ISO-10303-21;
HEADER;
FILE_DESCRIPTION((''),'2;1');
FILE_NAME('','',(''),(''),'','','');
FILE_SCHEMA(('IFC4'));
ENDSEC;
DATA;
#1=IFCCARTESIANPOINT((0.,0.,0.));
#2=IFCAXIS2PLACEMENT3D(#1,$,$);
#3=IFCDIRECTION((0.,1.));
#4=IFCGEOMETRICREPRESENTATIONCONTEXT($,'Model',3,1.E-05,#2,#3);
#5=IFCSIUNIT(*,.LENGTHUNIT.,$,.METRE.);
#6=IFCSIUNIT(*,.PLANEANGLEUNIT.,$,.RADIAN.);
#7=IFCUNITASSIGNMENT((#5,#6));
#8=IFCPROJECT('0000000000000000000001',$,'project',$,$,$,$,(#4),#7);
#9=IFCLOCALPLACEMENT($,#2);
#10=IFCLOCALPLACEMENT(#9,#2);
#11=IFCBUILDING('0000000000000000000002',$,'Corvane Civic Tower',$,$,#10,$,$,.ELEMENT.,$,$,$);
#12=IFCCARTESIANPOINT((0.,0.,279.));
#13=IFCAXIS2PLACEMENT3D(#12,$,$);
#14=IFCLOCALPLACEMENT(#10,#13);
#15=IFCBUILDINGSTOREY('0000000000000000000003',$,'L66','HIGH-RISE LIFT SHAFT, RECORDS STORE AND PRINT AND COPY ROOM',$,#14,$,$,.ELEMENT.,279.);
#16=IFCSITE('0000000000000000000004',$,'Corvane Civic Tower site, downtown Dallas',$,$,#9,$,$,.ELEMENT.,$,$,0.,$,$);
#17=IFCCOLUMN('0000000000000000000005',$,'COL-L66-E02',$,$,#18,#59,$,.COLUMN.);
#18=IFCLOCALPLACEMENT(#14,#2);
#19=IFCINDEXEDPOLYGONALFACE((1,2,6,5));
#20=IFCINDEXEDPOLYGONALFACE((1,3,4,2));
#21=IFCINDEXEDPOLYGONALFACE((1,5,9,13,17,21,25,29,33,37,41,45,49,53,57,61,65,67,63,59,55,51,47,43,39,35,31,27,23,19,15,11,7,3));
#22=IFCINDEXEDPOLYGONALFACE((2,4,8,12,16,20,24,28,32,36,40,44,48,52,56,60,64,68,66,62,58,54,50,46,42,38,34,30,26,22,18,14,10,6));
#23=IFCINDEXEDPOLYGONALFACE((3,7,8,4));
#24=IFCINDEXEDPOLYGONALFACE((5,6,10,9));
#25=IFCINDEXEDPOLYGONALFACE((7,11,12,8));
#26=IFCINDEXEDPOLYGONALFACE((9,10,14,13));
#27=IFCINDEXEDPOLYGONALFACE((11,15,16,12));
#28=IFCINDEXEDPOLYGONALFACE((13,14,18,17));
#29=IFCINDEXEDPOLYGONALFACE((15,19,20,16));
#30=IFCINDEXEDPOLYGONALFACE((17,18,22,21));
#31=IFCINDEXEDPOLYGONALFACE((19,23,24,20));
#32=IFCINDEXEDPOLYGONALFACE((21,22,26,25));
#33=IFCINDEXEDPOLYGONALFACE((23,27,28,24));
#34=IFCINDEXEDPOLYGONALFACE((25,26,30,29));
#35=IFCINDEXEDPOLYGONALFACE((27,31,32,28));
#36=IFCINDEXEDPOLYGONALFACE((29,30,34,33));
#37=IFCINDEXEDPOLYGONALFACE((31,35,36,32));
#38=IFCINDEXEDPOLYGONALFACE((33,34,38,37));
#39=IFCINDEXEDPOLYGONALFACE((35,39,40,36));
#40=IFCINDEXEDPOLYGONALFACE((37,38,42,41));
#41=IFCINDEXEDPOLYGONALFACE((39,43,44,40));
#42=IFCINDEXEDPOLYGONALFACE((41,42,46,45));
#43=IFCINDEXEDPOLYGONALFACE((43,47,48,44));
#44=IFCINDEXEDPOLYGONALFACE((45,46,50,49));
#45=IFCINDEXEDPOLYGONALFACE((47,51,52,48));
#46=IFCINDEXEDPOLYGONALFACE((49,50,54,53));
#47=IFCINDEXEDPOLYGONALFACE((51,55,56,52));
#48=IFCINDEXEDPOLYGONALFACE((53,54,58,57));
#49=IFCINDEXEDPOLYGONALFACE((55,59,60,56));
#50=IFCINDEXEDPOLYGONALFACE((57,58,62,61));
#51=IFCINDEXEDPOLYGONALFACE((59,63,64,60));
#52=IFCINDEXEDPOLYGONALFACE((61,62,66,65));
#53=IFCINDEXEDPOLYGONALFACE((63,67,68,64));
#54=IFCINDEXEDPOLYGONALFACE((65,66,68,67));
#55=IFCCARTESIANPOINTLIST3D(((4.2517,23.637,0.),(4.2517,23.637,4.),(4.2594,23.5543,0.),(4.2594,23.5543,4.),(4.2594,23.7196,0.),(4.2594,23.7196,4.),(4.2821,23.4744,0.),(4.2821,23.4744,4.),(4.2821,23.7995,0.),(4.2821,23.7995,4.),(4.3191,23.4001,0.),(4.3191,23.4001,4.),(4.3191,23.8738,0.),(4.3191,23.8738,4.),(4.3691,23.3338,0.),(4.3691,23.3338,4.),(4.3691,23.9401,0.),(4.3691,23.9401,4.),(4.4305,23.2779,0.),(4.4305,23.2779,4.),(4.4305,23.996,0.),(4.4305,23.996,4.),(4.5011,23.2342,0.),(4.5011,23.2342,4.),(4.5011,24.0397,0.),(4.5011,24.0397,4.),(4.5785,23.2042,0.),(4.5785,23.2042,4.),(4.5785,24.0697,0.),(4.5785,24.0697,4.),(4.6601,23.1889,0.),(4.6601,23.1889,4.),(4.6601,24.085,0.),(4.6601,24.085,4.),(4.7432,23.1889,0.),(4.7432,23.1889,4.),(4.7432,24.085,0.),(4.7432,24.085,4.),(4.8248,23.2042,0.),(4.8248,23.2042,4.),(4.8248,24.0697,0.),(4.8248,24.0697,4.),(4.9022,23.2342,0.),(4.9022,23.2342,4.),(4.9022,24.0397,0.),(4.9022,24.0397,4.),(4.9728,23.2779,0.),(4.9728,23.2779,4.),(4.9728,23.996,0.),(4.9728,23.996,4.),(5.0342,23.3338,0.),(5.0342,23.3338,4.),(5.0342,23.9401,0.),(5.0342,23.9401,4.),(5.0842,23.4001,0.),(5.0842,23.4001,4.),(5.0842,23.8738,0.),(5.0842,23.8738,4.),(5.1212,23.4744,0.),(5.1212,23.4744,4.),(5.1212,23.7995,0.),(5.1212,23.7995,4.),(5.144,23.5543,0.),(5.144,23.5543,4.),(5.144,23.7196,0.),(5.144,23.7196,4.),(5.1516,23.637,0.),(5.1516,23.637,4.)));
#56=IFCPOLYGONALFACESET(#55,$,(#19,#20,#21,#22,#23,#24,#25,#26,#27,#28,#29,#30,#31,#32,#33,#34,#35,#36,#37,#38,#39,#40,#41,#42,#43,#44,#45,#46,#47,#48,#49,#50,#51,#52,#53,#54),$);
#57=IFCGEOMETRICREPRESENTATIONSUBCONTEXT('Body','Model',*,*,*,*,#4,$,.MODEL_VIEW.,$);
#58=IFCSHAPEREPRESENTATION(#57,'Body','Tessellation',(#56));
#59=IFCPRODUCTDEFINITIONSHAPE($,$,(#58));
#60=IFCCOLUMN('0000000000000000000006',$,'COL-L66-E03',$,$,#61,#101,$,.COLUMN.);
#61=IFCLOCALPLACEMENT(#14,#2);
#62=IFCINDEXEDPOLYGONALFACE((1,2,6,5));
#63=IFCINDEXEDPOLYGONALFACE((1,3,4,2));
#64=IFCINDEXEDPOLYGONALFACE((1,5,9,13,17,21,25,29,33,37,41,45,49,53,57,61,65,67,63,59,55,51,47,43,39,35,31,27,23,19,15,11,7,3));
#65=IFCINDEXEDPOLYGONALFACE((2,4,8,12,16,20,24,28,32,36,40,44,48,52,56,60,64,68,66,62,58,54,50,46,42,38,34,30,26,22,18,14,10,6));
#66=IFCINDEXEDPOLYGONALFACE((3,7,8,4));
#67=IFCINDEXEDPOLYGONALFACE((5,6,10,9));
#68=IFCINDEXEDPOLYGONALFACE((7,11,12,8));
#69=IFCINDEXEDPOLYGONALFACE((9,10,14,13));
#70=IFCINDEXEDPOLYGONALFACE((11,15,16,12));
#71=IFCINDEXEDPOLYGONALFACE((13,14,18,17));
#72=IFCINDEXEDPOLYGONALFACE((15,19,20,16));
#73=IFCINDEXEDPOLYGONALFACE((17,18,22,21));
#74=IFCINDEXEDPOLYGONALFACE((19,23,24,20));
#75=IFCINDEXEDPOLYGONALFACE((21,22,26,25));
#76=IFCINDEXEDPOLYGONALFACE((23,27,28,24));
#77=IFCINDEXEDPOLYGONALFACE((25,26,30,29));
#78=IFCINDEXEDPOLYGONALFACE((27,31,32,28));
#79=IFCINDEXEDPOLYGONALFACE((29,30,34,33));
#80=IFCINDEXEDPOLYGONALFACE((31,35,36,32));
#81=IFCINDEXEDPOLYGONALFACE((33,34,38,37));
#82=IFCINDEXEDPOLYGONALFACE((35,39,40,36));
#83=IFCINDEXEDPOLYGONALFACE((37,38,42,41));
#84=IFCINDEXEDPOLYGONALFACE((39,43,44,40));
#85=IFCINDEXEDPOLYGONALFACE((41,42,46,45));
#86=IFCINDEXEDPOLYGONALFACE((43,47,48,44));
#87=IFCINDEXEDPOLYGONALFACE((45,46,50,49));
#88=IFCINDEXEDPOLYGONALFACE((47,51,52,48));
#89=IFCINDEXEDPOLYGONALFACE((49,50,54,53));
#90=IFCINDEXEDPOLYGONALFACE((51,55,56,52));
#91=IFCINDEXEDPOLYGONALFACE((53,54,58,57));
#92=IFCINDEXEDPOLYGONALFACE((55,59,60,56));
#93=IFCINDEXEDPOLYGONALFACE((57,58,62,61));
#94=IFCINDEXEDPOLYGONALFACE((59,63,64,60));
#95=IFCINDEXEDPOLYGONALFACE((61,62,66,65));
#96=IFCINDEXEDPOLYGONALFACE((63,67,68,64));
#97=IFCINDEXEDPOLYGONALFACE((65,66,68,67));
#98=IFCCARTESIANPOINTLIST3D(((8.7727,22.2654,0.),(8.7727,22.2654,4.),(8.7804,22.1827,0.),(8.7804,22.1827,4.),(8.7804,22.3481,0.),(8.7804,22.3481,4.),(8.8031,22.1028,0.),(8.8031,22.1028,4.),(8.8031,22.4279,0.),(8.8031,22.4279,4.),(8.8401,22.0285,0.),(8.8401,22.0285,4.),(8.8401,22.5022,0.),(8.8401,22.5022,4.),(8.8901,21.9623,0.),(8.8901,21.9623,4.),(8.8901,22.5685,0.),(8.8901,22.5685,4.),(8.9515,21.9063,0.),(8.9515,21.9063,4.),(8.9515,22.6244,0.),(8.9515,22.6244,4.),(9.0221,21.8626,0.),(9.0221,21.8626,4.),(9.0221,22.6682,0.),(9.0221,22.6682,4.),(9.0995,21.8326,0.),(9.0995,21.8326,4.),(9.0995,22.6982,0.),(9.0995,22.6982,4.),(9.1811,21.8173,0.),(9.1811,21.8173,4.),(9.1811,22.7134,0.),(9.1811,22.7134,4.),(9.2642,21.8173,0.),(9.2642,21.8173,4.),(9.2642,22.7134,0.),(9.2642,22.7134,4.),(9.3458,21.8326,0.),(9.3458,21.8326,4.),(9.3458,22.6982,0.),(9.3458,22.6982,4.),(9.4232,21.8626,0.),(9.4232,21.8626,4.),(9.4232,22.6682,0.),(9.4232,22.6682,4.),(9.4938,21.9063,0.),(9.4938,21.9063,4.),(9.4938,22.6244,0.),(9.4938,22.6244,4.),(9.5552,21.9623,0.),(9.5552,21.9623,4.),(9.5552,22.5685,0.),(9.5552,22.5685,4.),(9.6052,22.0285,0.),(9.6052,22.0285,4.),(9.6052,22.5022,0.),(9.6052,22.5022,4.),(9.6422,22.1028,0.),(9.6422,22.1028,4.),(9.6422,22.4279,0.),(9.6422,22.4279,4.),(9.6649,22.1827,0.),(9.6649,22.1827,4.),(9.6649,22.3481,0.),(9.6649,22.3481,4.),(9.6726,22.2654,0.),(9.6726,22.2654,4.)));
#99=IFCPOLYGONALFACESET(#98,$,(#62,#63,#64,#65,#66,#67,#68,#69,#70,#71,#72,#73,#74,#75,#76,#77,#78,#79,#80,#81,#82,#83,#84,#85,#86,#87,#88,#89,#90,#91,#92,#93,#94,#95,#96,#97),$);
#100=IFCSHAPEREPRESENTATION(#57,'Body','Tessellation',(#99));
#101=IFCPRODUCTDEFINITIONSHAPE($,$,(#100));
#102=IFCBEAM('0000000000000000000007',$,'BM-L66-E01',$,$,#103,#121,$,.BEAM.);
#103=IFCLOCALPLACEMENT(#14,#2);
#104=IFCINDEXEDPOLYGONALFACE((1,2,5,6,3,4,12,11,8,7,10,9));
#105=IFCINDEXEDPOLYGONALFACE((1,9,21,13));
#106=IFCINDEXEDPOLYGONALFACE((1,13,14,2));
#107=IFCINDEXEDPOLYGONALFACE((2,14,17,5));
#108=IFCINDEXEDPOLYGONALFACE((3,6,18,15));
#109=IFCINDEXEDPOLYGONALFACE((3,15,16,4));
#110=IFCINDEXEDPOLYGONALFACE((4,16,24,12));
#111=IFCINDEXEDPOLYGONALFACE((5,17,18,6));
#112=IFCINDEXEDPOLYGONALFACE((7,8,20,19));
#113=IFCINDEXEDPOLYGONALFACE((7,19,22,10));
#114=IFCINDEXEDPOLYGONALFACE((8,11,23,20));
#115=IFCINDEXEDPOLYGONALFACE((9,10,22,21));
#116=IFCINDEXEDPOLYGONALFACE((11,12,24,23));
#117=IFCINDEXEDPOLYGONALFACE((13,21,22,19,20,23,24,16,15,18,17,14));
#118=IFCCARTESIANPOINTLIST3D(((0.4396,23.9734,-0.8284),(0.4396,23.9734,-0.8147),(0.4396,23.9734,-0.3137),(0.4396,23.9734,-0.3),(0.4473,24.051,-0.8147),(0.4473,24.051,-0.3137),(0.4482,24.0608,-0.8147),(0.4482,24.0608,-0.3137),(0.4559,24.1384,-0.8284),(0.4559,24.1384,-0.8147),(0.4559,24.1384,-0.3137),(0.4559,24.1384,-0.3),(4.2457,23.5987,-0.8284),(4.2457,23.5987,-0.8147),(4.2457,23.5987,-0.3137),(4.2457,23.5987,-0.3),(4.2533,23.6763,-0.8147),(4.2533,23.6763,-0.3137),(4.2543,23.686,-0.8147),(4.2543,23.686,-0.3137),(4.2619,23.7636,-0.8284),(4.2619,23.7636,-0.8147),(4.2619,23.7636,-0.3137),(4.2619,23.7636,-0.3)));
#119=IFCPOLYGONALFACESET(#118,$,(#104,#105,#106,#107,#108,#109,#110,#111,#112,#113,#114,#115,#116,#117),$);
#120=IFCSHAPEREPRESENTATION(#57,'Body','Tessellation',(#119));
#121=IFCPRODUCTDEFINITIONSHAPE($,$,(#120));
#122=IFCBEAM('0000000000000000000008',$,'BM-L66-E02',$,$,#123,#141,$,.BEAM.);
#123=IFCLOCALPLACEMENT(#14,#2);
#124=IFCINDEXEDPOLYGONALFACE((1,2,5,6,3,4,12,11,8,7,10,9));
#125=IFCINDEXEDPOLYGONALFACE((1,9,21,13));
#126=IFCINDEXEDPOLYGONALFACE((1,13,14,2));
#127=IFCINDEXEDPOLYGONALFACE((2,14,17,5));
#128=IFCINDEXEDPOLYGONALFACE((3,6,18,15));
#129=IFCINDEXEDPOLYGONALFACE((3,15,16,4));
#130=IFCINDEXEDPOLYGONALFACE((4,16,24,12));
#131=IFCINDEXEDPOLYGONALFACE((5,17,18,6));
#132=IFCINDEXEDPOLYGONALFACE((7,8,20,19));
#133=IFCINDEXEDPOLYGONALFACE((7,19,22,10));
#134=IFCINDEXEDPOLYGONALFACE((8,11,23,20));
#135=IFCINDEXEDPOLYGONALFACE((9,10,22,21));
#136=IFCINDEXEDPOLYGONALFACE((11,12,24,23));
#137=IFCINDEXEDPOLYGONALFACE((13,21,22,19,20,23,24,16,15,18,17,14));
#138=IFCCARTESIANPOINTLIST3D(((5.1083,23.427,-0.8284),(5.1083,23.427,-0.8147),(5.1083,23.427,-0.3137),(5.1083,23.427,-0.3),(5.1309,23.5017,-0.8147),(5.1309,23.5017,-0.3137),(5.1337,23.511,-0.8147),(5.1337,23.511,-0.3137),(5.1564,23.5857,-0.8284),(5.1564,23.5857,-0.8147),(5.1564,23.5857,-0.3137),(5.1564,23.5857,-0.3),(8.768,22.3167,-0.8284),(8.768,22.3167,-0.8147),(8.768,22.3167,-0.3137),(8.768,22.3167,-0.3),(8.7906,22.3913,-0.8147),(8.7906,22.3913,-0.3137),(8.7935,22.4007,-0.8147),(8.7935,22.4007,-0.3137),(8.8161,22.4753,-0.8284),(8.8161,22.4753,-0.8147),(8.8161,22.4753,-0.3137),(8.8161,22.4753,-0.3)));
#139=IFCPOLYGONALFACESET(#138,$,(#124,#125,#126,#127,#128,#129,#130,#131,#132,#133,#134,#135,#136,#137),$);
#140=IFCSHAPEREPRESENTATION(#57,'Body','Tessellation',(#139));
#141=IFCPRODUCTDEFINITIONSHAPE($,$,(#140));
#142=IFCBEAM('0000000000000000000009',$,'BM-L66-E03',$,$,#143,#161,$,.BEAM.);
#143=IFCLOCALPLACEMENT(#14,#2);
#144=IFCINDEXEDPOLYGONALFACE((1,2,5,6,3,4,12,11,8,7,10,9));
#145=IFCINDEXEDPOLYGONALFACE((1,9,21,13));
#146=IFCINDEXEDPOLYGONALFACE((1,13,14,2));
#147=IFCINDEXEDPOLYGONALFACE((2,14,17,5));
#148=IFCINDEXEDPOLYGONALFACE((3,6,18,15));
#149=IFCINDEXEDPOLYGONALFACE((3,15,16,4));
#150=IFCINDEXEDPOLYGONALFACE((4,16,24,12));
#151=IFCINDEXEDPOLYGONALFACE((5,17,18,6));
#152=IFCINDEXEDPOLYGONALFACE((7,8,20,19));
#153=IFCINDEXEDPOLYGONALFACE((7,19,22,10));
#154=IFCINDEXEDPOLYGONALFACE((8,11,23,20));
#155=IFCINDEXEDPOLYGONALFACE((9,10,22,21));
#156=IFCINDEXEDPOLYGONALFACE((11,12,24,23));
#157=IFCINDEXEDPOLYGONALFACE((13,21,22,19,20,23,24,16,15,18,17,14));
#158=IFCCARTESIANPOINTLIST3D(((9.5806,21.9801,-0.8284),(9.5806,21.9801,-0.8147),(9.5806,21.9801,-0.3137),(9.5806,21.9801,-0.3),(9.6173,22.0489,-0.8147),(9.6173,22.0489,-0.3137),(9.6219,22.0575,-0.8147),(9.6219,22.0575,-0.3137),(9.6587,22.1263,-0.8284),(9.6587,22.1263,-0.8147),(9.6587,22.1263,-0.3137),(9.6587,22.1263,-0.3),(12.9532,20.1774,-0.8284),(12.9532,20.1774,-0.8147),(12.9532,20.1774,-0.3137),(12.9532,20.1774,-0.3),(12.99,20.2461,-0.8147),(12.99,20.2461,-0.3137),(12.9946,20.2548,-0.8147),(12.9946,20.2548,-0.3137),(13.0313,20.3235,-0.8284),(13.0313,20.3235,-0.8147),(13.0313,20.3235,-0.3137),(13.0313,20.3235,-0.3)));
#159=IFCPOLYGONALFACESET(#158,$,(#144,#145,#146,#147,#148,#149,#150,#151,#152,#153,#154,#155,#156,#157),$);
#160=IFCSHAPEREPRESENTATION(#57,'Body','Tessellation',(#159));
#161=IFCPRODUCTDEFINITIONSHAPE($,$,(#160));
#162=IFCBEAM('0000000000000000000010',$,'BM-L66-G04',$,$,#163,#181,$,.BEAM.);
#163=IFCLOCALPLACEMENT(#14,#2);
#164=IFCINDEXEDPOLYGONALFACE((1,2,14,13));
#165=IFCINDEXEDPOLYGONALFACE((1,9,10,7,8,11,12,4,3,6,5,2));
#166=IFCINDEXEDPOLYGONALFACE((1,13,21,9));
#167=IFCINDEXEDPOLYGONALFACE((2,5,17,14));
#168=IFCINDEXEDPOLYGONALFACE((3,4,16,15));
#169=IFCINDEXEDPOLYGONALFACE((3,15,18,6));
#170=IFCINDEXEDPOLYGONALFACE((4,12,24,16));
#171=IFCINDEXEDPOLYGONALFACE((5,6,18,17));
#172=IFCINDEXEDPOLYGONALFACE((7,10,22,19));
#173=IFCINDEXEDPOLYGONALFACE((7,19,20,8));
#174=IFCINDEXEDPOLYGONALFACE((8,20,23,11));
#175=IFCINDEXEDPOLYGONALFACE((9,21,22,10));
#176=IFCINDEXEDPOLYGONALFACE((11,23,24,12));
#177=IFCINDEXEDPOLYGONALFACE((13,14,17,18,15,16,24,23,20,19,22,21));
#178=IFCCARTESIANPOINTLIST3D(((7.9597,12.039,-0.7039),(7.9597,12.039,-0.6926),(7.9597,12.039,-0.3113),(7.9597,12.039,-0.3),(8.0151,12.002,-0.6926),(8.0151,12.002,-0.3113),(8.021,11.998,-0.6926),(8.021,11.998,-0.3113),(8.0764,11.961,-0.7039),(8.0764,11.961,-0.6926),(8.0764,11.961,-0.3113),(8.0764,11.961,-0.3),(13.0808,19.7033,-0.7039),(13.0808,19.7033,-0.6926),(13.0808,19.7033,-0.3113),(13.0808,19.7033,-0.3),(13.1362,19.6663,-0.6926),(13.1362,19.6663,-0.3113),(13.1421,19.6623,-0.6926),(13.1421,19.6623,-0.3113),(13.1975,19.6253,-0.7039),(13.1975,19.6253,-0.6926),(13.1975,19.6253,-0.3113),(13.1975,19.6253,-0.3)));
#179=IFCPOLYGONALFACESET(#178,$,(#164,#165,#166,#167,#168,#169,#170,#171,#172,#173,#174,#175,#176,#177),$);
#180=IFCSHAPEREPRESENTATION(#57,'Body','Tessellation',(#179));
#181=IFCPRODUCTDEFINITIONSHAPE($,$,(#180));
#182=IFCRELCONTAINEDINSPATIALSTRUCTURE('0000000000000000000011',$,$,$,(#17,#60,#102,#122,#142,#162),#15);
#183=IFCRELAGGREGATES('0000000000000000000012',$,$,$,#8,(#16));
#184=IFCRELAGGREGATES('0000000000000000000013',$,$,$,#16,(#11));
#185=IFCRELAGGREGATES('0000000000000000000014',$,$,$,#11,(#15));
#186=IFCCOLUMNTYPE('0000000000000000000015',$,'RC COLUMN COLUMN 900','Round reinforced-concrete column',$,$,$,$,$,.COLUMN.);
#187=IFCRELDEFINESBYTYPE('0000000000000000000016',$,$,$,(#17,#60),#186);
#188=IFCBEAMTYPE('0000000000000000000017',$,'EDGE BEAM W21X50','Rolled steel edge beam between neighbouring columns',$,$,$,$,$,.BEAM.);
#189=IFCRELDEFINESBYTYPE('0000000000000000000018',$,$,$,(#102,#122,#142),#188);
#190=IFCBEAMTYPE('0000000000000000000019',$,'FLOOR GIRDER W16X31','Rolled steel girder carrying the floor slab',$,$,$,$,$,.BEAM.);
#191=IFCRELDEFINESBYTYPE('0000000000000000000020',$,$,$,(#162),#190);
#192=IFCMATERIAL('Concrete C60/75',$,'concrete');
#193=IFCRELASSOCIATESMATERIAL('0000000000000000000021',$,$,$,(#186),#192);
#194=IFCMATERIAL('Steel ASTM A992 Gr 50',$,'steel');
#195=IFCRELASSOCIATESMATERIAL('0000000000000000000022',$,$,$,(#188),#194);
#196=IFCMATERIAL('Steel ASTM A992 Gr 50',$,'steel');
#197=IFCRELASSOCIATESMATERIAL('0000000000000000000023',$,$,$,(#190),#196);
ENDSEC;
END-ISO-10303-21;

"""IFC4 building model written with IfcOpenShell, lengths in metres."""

from ifc_helpers import new_model, si_unit, direction, frame, origin, origin_2d, place, context, subcontext, project, spatial, circle, i_section, extrude, material, material_profile, profile_set, type_object, element, save


model = new_model("IFC4")

# Units and contexts
model_context = context("Model", 3, precision=1e-05, world=origin(), true_north=direction((0.0, 1.0)))
body_context = subcontext(model_context, "Body", "Model", "MODEL_VIEW")
ifc_project = project(units=[si_unit("LENGTHUNIT", "METRE"), si_unit("PLANEANGLEUNIT", "RADIAN")], contexts=[model_context])

# Site, building, storey
site_placement = place(None, origin())
site = spatial("IfcSite", under=ifc_project, at=site_placement, Name="Corvane Civic Tower site, downtown Dallas", CompositionType="ELEMENT", RefElevation=0.0)
building_placement = place(site_placement, origin())
building = spatial("IfcBuilding", under=site, at=building_placement, Name="Corvane Civic Tower", CompositionType="ELEMENT")
storey_placement = place(building_placement, frame((0.0, 0.0, 279.0)))
storey = spatial("IfcBuildingStorey", under=building, at=storey_placement, Name="L66", Description="HIGH-RISE LIFT SHAFT, RECORDS STORE AND PRINT AND COPY ROOM", CompositionType="ELEMENT", Elevation=279.0)

# Columns
ifc_material_1 = material(Name="Concrete C60/75", Category="concrete")
ifc_material_profile_1 = material_profile(ifc_material_1, circle(Radius=0.45, at=origin_2d()), Name="COLUMN 900")
ifc_profile_set_1 = profile_set([ifc_material_profile_1], Name="Concrete C60/75")
column_type = type_object("IfcColumnType", Name="RC COLUMN COLUMN 900", Description="Round reinforced-concrete column", PredefinedType="COLUMN", material=ifc_profile_set_1)
for number, where, z_axis, x_axis, name in (
    (1, (4.7017, 23.637, 0.0), (0.0, 0.0, 1.0), (1.0, 0.0, 0.0), "COL-L66-E02"),
    (2, (9.2227, 22.2654, 0.0), (0.0, 0.0, 1.0), (1.0, 0.0, 0.0), "COL-L66-E03"),
):
    element("IfcColumn", number, at=place(storey_placement, frame(where, z_axis=z_axis, x_axis=x_axis)), inside=storey, type_object=column_type, Name=name, PredefinedType="COLUMN", context=body_context, shape_type="SweptSolid", body=[
        extrude(circle(Radius=0.45, at=origin_2d()), origin(), (0.0, 0.0, 1.0), 4.0),
    ])

# Beams
ifc_material_2 = material(Name="Steel ASTM A992 Gr 50", Category="steel")
ifc_material_profile_2 = material_profile(ifc_material_2, i_section(OverallWidth=0.1658, OverallDepth=0.5283, WebThickness=0.0098, FlangeThickness=0.0137, at=origin_2d()), Name="W21X50")
ifc_profile_set_2 = profile_set([ifc_material_profile_2], Name="Steel ASTM A992 Gr 50")
beam_type_1 = type_object("IfcBeamType", Name="EDGE BEAM W21X50", Description="Rolled steel edge beam between neighbouring columns", PredefinedType="BEAM", material=ifc_profile_set_2)
for number, where, z_axis, x_axis, name in (
    (3, (0.4478, 24.0559, -0.5642), (0.995188, -0.097987, 0.0), (0.097987, 0.995188, 0.0), "BM-L66-E01"),
    (4, (5.1323, 23.5063, -0.5642), (0.956926, -0.290333, 0.0), (0.290333, 0.956926, 0.0), "BM-L66-E02"),
):
    element("IfcBeam", number, at=place(storey_placement, frame(where, z_axis=z_axis, x_axis=x_axis)), inside=storey, type_object=beam_type_1, Name=name, PredefinedType="BEAM", context=body_context, shape_type="SweptSolid", body=[
        extrude(i_section(OverallWidth=0.1658, OverallDepth=0.5283, WebThickness=0.0098, FlangeThickness=0.0137, at=origin_2d()), origin(), (0.0, 0.0, 1.0), 3.8245),
    ])
beam_1_placement = place(storey_placement, frame((9.6196, 22.0532, -0.5642), z_axis=(0.881914, -0.47141, 0.0), x_axis=(0.47141, 0.881914, 0.0)))
element("IfcBeam", 5, at=beam_1_placement, inside=storey, type_object=beam_type_1, Name="BM-L66-E03", PredefinedType="BEAM", context=body_context, shape_type="SweptSolid", body=[
    extrude(i_section(OverallWidth=0.1658, OverallDepth=0.5283, WebThickness=0.0098, FlangeThickness=0.0137, at=origin_2d()), origin(), (0.0, 0.0, 1.0), 3.8242),
])
ifc_material_3 = material(Name="Steel ASTM A992 Gr 50", Category="steel")
ifc_material_profile_3 = material_profile(ifc_material_3, i_section(OverallWidth=0.1404, OverallDepth=0.4038, WebThickness=0.0071, FlangeThickness=0.0112, at=origin_2d()), Name="W16X31")
ifc_profile_set_3 = profile_set([ifc_material_profile_3], Name="Steel ASTM A992 Gr 50")
beam_type_2 = type_object("IfcBeamType", Name="FLOOR GIRDER W16X31", Description="Rolled steel girder carrying the floor slab", PredefinedType="BEAM", material=ifc_profile_set_3)
beam_2_placement = place(storey_placement, frame((8.0181, 12.0, -0.502), z_axis=(0.555568, 0.831471, 0.0), x_axis=(-0.831471, 0.555568, 0.0)))
element("IfcBeam", 6, at=beam_2_placement, inside=storey, type_object=beam_type_2, Name="BM-L66-G04", PredefinedType="BEAM", context=body_context, shape_type="SweptSolid", body=[
    extrude(i_section(OverallWidth=0.1404, OverallDepth=0.4038, WebThickness=0.0071, FlangeThickness=0.0112, at=origin_2d()), origin(), (0.0, 0.0, 1.0), 9.2178),
])

save(model, "model.ifc")
